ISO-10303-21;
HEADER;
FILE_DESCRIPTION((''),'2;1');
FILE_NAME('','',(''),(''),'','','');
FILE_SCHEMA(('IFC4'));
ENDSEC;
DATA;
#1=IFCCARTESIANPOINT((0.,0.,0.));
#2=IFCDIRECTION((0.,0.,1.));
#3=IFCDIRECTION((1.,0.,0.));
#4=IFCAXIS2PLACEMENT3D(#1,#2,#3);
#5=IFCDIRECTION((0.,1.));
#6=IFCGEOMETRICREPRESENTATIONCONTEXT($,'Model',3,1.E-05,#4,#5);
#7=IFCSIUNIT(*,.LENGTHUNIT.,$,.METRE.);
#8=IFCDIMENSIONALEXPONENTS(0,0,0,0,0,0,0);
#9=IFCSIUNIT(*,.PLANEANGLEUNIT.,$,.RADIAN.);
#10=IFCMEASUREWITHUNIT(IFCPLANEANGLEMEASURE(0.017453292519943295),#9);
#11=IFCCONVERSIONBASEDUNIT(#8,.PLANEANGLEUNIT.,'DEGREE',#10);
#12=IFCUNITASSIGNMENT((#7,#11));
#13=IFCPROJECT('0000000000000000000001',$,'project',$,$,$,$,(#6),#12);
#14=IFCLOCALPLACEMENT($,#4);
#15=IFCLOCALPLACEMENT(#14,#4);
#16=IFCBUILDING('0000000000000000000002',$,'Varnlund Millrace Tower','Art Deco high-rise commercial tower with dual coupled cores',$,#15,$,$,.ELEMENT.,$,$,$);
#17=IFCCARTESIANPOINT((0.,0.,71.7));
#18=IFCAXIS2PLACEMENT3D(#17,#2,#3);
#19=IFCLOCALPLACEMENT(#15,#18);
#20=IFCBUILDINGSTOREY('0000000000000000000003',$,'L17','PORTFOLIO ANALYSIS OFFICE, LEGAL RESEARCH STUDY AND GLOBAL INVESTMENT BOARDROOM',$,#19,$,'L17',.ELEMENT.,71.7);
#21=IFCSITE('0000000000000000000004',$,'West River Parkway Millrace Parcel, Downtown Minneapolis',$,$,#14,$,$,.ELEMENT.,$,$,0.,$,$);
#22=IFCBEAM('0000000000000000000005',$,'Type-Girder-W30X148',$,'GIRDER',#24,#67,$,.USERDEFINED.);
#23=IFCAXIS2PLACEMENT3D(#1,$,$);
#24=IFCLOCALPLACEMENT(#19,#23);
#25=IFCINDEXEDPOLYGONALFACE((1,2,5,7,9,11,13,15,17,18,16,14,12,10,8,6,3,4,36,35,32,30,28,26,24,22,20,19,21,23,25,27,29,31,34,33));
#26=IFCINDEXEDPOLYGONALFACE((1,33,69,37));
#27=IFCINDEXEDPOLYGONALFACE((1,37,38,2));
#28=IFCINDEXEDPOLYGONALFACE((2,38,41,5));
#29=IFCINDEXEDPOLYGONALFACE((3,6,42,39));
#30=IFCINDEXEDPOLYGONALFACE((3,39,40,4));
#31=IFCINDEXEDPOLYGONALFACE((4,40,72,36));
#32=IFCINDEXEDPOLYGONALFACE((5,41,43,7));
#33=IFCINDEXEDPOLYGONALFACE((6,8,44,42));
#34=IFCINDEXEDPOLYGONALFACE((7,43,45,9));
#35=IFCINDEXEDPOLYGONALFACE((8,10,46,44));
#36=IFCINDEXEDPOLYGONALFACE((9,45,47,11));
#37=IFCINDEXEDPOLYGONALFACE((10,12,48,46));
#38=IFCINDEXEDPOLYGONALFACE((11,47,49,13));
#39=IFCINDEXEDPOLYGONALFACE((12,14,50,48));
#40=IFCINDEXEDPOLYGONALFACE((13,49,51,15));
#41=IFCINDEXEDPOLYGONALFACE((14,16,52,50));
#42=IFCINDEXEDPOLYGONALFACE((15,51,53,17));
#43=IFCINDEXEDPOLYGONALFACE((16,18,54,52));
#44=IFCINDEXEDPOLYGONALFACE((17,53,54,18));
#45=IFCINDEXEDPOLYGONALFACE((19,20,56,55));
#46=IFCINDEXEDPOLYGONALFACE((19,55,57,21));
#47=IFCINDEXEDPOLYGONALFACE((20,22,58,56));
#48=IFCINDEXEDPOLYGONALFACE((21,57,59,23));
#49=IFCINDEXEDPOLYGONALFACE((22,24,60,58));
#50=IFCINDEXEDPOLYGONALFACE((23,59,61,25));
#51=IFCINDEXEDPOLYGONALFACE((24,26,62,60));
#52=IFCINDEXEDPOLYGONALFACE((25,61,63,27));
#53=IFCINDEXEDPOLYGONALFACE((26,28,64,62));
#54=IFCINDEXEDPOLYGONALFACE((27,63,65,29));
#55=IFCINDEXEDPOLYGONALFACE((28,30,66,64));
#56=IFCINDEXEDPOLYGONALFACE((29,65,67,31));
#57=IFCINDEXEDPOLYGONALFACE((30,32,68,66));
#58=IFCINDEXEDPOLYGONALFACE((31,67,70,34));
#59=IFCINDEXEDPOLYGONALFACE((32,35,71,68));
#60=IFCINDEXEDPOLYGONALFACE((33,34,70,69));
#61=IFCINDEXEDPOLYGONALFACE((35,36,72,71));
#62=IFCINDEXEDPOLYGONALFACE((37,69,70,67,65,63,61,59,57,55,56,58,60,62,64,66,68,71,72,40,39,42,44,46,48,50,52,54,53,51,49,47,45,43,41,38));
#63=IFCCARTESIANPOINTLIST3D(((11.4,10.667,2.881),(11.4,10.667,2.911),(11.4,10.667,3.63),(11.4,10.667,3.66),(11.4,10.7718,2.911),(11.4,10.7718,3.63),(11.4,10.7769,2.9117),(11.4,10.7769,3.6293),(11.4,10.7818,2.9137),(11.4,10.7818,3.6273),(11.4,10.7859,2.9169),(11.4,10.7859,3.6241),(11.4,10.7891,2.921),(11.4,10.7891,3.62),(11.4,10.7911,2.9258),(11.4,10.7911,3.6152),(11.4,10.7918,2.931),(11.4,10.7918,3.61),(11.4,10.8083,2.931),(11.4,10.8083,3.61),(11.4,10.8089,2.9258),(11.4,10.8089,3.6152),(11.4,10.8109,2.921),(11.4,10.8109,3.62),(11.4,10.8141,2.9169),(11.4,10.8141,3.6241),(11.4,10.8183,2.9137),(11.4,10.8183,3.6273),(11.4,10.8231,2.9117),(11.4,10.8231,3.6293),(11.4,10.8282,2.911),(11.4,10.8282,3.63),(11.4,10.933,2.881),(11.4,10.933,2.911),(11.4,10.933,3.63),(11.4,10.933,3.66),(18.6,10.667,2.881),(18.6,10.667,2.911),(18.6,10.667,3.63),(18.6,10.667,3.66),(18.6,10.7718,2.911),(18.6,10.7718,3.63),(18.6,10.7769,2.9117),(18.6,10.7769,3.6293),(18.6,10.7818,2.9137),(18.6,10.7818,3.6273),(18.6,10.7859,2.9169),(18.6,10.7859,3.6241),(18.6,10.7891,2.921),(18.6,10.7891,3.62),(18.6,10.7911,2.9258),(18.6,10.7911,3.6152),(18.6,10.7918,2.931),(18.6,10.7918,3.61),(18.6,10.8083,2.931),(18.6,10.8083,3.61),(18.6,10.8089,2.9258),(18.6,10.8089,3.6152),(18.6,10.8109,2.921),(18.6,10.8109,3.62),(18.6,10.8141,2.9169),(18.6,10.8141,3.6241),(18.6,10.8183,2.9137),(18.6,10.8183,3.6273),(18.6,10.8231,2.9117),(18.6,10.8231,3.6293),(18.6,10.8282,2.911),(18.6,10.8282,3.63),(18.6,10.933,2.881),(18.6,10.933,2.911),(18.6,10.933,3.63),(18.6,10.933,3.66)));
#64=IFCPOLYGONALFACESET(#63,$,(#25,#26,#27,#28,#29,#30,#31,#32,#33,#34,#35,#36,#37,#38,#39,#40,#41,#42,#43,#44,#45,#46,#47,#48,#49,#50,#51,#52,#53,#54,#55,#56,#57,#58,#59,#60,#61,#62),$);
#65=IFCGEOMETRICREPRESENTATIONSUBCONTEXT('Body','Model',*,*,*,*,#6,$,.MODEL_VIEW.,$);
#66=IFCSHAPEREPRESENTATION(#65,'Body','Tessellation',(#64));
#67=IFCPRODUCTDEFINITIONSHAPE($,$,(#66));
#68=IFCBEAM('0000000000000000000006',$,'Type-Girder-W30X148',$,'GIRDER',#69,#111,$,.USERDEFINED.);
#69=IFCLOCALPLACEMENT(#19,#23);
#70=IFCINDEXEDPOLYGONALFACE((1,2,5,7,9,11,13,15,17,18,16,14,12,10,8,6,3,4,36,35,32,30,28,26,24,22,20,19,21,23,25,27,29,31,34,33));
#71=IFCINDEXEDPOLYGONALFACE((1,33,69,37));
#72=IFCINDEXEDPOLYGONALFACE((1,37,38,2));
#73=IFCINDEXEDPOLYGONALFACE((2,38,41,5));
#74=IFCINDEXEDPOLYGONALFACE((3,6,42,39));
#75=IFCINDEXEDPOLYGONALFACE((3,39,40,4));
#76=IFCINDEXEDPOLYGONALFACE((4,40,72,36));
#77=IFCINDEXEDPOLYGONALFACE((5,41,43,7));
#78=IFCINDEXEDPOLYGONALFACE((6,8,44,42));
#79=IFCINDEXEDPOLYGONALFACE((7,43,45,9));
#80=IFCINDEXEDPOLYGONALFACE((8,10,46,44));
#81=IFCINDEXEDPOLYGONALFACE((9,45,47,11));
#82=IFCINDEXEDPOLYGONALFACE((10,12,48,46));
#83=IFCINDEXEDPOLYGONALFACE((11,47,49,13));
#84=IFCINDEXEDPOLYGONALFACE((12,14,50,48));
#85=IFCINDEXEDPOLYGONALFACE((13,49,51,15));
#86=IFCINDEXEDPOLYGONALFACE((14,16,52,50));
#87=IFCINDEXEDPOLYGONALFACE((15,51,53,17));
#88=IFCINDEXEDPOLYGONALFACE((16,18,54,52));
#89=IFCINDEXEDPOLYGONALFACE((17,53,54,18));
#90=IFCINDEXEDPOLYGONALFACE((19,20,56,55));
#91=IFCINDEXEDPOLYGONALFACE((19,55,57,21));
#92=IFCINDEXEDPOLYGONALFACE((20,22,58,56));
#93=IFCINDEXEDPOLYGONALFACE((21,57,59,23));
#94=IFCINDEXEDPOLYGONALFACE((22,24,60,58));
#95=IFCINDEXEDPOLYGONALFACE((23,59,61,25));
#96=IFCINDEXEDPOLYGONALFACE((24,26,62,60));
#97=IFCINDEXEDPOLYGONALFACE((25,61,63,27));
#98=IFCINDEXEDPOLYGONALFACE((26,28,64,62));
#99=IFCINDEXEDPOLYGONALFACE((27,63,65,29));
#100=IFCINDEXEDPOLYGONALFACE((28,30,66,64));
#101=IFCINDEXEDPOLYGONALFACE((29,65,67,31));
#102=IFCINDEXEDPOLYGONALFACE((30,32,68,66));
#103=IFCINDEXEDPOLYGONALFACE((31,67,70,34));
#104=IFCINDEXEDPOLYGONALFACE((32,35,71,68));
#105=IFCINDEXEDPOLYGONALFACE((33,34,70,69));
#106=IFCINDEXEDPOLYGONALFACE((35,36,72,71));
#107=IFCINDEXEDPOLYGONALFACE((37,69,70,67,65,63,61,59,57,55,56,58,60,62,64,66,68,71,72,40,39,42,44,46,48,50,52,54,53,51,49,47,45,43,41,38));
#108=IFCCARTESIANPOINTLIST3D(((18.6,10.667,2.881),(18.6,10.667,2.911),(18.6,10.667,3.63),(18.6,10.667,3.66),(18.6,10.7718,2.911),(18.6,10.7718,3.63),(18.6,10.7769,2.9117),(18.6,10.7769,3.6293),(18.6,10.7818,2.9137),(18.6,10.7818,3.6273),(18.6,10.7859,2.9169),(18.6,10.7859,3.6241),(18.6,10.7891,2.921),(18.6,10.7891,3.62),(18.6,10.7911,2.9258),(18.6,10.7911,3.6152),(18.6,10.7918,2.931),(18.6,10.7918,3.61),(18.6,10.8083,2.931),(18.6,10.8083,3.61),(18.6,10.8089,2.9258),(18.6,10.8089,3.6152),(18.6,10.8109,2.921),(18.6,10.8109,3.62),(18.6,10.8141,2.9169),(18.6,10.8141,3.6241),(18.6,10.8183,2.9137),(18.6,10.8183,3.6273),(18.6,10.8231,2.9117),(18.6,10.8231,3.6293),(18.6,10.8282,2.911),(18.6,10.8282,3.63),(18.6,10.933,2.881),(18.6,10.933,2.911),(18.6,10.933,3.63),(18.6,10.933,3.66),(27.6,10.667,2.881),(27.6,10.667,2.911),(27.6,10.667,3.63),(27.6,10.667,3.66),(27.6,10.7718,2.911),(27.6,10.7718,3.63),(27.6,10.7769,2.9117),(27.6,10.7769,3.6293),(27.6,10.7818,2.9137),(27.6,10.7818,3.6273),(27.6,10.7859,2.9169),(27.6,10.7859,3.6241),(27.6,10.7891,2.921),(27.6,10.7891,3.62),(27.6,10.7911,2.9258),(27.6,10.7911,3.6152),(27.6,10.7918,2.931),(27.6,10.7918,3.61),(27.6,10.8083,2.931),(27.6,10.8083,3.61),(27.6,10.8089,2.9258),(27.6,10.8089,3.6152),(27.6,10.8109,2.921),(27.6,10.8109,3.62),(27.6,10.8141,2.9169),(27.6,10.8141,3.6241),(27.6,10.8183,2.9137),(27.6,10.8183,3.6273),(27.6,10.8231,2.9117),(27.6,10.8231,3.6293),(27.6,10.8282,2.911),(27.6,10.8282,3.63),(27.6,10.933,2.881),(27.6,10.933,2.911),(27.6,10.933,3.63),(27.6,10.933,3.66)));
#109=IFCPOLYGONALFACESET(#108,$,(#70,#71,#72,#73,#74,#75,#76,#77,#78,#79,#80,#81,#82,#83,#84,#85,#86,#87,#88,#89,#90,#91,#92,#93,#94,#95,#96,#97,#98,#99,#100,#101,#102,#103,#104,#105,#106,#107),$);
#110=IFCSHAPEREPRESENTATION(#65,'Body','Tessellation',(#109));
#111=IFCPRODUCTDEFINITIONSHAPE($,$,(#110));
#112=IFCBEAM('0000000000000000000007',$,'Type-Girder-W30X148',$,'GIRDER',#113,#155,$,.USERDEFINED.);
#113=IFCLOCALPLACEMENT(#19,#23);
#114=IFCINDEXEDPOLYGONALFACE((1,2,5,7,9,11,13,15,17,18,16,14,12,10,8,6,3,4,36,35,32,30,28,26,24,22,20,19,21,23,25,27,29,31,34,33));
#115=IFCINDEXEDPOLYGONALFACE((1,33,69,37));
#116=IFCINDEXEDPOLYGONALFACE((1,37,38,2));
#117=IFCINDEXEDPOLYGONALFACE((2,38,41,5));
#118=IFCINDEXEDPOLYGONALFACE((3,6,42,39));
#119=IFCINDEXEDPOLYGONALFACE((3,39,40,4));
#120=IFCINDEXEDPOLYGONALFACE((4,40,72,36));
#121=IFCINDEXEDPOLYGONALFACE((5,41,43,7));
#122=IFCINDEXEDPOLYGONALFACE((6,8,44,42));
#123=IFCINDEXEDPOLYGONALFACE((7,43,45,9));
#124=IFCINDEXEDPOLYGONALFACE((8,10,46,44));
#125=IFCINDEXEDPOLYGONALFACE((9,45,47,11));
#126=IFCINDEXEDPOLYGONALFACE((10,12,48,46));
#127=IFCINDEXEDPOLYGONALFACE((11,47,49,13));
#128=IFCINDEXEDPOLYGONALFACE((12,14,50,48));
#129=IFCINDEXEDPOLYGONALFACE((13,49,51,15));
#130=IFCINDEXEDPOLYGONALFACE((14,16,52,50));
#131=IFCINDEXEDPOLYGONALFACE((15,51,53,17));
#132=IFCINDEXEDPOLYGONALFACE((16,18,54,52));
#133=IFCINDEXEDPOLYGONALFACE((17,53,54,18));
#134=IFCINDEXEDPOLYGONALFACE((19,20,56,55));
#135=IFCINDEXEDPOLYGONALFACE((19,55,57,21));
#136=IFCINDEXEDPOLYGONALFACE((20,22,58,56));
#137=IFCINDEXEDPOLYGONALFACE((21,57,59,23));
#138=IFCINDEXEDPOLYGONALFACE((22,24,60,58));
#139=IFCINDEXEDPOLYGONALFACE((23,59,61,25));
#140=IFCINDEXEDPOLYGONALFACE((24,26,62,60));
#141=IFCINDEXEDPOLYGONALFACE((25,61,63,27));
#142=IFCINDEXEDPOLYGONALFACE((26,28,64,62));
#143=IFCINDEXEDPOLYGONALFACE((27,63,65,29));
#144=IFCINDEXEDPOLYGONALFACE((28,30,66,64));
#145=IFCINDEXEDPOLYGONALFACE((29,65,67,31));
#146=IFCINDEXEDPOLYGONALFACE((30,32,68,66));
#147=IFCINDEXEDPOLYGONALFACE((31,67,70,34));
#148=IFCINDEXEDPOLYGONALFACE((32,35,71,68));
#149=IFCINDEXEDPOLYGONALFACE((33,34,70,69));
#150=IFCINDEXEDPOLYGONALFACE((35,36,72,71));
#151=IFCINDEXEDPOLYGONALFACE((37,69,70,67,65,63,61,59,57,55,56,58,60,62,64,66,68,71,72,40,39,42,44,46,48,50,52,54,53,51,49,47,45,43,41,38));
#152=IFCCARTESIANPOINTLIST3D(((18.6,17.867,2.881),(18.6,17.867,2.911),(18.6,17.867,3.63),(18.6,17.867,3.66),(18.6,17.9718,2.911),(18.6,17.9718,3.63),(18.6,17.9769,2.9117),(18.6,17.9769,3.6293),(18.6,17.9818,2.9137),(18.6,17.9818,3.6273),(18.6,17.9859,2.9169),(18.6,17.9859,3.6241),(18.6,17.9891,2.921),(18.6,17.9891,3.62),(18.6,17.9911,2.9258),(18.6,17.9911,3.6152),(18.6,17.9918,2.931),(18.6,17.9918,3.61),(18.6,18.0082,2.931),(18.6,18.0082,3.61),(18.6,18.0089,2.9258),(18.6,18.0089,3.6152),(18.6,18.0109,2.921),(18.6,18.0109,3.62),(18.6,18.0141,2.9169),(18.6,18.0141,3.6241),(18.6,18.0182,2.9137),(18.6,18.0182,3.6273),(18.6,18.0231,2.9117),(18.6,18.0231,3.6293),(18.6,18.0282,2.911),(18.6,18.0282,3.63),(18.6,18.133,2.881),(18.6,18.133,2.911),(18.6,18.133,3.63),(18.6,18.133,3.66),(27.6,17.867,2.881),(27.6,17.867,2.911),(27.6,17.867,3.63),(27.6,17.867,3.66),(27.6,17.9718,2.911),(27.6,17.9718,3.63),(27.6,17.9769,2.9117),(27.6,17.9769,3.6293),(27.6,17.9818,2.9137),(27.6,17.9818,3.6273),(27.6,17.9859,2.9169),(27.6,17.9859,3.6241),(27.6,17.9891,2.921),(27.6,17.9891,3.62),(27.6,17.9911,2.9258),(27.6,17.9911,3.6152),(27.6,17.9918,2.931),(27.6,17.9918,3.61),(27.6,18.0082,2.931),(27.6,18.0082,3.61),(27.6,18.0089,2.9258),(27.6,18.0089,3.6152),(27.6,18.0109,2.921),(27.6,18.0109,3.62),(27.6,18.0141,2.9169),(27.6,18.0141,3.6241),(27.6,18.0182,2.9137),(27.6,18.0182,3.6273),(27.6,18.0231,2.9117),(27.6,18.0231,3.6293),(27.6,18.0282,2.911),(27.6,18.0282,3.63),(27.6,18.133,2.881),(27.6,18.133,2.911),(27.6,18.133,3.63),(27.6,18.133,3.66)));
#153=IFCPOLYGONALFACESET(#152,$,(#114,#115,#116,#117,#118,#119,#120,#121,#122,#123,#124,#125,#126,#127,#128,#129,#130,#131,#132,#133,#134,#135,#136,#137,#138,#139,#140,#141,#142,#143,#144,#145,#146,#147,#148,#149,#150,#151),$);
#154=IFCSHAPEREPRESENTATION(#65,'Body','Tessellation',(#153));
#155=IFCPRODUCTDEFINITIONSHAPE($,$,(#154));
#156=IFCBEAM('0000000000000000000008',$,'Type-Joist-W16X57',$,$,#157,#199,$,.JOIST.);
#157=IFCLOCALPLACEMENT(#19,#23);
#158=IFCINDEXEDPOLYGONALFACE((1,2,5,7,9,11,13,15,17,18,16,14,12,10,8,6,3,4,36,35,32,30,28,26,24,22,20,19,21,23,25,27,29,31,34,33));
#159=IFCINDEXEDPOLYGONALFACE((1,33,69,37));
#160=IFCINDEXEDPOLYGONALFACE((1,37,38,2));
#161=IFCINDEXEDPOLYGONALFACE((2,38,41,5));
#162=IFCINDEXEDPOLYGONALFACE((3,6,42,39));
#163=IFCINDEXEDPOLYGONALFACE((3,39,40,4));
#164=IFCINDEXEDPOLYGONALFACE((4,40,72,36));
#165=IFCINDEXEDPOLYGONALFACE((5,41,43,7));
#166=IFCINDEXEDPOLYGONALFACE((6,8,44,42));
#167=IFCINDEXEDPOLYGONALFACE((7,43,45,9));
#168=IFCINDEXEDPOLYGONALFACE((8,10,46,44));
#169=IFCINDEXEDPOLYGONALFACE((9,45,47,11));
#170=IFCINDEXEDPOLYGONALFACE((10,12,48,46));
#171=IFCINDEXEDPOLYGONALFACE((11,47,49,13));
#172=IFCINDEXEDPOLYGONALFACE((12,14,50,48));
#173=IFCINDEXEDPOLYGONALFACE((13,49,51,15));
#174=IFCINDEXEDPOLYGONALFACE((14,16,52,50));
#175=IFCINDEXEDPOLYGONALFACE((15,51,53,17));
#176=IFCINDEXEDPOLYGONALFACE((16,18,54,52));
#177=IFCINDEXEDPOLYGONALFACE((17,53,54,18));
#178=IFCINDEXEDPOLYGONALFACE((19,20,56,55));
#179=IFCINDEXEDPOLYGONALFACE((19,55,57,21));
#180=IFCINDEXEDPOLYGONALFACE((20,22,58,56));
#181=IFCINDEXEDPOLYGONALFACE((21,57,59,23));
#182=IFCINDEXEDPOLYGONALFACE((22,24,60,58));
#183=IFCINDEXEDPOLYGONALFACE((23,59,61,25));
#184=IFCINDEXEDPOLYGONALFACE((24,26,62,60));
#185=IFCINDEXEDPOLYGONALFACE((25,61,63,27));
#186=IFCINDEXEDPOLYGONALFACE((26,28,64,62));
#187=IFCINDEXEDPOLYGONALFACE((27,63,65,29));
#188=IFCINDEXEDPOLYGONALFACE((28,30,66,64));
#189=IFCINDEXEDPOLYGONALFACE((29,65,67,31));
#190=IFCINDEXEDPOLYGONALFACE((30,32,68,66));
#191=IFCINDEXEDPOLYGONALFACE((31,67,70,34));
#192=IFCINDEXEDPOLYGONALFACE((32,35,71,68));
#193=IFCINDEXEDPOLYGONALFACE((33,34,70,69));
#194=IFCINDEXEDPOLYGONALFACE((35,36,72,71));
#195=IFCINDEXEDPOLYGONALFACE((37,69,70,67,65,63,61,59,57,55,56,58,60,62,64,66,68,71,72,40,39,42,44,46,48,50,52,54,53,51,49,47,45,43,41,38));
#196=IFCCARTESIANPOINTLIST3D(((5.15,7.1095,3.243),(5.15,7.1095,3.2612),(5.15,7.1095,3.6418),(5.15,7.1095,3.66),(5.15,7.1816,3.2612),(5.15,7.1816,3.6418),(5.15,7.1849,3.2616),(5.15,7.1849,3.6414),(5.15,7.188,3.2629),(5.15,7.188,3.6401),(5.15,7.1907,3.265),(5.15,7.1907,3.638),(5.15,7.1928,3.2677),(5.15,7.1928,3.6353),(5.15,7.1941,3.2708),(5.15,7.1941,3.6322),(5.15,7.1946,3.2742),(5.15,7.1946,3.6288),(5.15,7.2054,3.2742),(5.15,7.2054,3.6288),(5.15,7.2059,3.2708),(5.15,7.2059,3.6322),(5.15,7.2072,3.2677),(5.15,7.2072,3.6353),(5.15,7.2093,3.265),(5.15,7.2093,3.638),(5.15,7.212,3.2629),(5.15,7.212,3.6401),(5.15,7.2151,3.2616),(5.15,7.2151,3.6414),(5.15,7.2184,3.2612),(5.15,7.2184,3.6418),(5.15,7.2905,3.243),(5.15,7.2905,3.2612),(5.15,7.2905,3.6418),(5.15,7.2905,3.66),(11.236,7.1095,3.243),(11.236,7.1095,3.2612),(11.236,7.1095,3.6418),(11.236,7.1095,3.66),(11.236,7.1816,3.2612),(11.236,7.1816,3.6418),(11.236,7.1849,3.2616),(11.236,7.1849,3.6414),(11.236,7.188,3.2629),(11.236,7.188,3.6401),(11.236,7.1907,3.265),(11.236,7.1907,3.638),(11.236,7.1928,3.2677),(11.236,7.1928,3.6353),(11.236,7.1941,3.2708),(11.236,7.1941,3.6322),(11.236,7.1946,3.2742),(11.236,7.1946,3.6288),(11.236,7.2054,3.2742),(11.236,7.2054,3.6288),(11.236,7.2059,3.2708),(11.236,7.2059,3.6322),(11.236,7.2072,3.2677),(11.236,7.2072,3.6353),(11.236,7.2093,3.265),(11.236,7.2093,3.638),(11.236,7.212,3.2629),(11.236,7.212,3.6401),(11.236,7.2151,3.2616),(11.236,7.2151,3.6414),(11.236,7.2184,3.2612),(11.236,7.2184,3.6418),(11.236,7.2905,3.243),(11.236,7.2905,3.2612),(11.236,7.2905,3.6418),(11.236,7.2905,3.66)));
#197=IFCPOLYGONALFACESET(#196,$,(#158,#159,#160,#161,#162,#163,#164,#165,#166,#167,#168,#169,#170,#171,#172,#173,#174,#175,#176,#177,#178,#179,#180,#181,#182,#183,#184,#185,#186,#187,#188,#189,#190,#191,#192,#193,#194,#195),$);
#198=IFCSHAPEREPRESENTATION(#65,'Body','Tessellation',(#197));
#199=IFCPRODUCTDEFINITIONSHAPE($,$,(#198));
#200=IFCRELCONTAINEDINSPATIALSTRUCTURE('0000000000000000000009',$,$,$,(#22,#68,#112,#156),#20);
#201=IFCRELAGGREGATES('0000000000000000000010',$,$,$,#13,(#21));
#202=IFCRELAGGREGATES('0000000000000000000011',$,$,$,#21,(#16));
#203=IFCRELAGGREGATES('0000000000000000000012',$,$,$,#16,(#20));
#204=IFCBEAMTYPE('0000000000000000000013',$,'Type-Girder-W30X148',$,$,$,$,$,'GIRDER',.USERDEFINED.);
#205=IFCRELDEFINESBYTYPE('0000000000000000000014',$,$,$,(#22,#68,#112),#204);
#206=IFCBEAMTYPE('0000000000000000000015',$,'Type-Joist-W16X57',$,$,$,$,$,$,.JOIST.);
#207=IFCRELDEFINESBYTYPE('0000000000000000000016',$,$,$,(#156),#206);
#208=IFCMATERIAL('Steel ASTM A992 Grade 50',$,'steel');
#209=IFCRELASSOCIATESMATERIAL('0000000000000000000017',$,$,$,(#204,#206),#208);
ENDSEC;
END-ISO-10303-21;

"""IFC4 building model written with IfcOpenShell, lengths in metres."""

from ifc_helpers import new_model, entity, si_unit, converted_unit, direction, frame, origin_with_axes, origin_2d_with_axis, place, context, subcontext, project, spatial, i_section, extrude, material, material_profile, profile_set, type_object, element, save


model = new_model("IFC4")

# Units and contexts
model_context = context("Model", 3, precision=1e-05, world=origin_with_axes(), true_north=direction((0.0, 1.0)))
body_context = subcontext(model_context, "Body", "Model", "MODEL_VIEW")
ifc_project = project(units=[si_unit("LENGTHUNIT", "METRE"), converted_unit("PLANEANGLEUNIT", "DEGREE", entity("IfcPlaneAngleMeasure", 0.017453292519943295), si_unit("PLANEANGLEUNIT", "RADIAN"), dimensions=[0, 0, 0, 0, 0, 0, 0])], contexts=[model_context])

# Site, building, storey
site_placement = place(None, origin_with_axes())
site = spatial("IfcSite", under=ifc_project, at=site_placement, Name="West River Parkway Millrace Parcel, Downtown Minneapolis", CompositionType="ELEMENT", RefElevation=0.0)
building_placement = place(site_placement, origin_with_axes())
building = spatial("IfcBuilding", under=site, at=building_placement, Name="Varnlund Millrace Tower", Description="Art Deco high-rise commercial tower with dual coupled cores", CompositionType="ELEMENT")
storey_placement = place(building_placement, frame((0.0, 0.0, 71.7), z_axis=(0.0, 0.0, 1.0), x_axis=(1.0, 0.0, 0.0)))
storey = spatial("IfcBuildingStorey", under=building, at=storey_placement, Name="L17", Description="PORTFOLIO ANALYSIS OFFICE, LEGAL RESEARCH STUDY AND GLOBAL INVESTMENT BOARDROOM", LongName="L17", CompositionType="ELEMENT", Elevation=71.7)

# Beams
ifc_material_1 = material(Name="Steel ASTM A992 Grade 50", Category="steel")
ifc_material_profile_1 = material_profile(ifc_material_1, i_section(OverallWidth=0.266, OverallDepth=0.779, WebThickness=0.0165, FlangeThickness=0.03, FilletRadius=0.02, at=origin_2d_with_axis()), Name="Steel ASTM A992 Grade 50")
ifc_profile_set_1 = profile_set([ifc_material_profile_1], Name="Steel ASTM A992 Grade 50")
beam_type_1 = type_object("IfcBeamType", Name="Type-Girder-W30X148", ElementType="GIRDER", PredefinedType="USERDEFINED", material=ifc_profile_set_1)
beam_1_placement = place(storey_placement, frame((11.4, 10.8, 3.2705), z_axis=(1.0, 0.0, 0.0), x_axis=(0.0, 1.0, 0.0)))
element("IfcBeam", 1, at=beam_1_placement, inside=storey, type_object=beam_type_1, Name="Type-Girder-W30X148", ObjectType="GIRDER", PredefinedType="USERDEFINED", context=body_context, shape_type="SweptSolid", body=[
    extrude(i_section(OverallWidth=0.266, OverallDepth=0.779, WebThickness=0.0165, FlangeThickness=0.03, FilletRadius=0.02, at=origin_2d_with_axis()), origin_with_axes(), (0.0, 0.0, 1.0), 7.2),
])
for number, where, z_axis, x_axis, name in (
    (2, (18.6, 10.8, 3.2705), (1.0, 0.0, 0.0), (0.0, 1.0, 0.0), "Type-Girder-W30X148"),
    (3, (18.6, 18.0, 3.2705), (1.0, 0.0, 0.0), (0.0, 1.0, 0.0), "Type-Girder-W30X148"),
):
    element("IfcBeam", number, at=place(storey_placement, frame(where, z_axis=z_axis, x_axis=x_axis)), inside=storey, type_object=beam_type_1, Name=name, ObjectType="GIRDER", PredefinedType="USERDEFINED", context=body_context, shape_type="SweptSolid", body=[
        extrude(i_section(OverallWidth=0.266, OverallDepth=0.779, WebThickness=0.0165, FlangeThickness=0.03, FilletRadius=0.02, at=origin_2d_with_axis()), origin_with_axes(), (0.0, 0.0, 1.0), 9.0),
    ])
ifc_material_profile_2 = material_profile(ifc_material_1, i_section(OverallWidth=0.181, OverallDepth=0.417, WebThickness=0.0109, FlangeThickness=0.0182, FilletRadius=0.013, at=origin_2d_with_axis()), Name="Steel ASTM A992 Grade 50")
ifc_profile_set_2 = profile_set([ifc_material_profile_2], Name="Steel ASTM A992 Grade 50")
beam_type_2 = type_object("IfcBeamType", Name="Type-Joist-W16X57", PredefinedType="JOIST", material=ifc_profile_set_2)
for number, where, z_axis, x_axis, name in (
    (4, (5.15, 7.2, 3.4515), (1.0, 0.0, 0.0), (0.0, 1.0, 0.0), "Type-Joist-W16X57"),
):
    element("IfcBeam", number, at=place(storey_placement, frame(where, z_axis=z_axis, x_axis=x_axis)), inside=storey, type_object=beam_type_2, Name=name, PredefinedType="JOIST", context=body_context, shape_type="SweptSolid", body=[
        extrude(i_section(OverallWidth=0.181, OverallDepth=0.417, WebThickness=0.0109, FlangeThickness=0.0182, FilletRadius=0.013, at=origin_2d_with_axis()), origin_with_axes(), (0.0, 0.0, 1.0), 6.086),
    ])

save(model, "model.ifc")
